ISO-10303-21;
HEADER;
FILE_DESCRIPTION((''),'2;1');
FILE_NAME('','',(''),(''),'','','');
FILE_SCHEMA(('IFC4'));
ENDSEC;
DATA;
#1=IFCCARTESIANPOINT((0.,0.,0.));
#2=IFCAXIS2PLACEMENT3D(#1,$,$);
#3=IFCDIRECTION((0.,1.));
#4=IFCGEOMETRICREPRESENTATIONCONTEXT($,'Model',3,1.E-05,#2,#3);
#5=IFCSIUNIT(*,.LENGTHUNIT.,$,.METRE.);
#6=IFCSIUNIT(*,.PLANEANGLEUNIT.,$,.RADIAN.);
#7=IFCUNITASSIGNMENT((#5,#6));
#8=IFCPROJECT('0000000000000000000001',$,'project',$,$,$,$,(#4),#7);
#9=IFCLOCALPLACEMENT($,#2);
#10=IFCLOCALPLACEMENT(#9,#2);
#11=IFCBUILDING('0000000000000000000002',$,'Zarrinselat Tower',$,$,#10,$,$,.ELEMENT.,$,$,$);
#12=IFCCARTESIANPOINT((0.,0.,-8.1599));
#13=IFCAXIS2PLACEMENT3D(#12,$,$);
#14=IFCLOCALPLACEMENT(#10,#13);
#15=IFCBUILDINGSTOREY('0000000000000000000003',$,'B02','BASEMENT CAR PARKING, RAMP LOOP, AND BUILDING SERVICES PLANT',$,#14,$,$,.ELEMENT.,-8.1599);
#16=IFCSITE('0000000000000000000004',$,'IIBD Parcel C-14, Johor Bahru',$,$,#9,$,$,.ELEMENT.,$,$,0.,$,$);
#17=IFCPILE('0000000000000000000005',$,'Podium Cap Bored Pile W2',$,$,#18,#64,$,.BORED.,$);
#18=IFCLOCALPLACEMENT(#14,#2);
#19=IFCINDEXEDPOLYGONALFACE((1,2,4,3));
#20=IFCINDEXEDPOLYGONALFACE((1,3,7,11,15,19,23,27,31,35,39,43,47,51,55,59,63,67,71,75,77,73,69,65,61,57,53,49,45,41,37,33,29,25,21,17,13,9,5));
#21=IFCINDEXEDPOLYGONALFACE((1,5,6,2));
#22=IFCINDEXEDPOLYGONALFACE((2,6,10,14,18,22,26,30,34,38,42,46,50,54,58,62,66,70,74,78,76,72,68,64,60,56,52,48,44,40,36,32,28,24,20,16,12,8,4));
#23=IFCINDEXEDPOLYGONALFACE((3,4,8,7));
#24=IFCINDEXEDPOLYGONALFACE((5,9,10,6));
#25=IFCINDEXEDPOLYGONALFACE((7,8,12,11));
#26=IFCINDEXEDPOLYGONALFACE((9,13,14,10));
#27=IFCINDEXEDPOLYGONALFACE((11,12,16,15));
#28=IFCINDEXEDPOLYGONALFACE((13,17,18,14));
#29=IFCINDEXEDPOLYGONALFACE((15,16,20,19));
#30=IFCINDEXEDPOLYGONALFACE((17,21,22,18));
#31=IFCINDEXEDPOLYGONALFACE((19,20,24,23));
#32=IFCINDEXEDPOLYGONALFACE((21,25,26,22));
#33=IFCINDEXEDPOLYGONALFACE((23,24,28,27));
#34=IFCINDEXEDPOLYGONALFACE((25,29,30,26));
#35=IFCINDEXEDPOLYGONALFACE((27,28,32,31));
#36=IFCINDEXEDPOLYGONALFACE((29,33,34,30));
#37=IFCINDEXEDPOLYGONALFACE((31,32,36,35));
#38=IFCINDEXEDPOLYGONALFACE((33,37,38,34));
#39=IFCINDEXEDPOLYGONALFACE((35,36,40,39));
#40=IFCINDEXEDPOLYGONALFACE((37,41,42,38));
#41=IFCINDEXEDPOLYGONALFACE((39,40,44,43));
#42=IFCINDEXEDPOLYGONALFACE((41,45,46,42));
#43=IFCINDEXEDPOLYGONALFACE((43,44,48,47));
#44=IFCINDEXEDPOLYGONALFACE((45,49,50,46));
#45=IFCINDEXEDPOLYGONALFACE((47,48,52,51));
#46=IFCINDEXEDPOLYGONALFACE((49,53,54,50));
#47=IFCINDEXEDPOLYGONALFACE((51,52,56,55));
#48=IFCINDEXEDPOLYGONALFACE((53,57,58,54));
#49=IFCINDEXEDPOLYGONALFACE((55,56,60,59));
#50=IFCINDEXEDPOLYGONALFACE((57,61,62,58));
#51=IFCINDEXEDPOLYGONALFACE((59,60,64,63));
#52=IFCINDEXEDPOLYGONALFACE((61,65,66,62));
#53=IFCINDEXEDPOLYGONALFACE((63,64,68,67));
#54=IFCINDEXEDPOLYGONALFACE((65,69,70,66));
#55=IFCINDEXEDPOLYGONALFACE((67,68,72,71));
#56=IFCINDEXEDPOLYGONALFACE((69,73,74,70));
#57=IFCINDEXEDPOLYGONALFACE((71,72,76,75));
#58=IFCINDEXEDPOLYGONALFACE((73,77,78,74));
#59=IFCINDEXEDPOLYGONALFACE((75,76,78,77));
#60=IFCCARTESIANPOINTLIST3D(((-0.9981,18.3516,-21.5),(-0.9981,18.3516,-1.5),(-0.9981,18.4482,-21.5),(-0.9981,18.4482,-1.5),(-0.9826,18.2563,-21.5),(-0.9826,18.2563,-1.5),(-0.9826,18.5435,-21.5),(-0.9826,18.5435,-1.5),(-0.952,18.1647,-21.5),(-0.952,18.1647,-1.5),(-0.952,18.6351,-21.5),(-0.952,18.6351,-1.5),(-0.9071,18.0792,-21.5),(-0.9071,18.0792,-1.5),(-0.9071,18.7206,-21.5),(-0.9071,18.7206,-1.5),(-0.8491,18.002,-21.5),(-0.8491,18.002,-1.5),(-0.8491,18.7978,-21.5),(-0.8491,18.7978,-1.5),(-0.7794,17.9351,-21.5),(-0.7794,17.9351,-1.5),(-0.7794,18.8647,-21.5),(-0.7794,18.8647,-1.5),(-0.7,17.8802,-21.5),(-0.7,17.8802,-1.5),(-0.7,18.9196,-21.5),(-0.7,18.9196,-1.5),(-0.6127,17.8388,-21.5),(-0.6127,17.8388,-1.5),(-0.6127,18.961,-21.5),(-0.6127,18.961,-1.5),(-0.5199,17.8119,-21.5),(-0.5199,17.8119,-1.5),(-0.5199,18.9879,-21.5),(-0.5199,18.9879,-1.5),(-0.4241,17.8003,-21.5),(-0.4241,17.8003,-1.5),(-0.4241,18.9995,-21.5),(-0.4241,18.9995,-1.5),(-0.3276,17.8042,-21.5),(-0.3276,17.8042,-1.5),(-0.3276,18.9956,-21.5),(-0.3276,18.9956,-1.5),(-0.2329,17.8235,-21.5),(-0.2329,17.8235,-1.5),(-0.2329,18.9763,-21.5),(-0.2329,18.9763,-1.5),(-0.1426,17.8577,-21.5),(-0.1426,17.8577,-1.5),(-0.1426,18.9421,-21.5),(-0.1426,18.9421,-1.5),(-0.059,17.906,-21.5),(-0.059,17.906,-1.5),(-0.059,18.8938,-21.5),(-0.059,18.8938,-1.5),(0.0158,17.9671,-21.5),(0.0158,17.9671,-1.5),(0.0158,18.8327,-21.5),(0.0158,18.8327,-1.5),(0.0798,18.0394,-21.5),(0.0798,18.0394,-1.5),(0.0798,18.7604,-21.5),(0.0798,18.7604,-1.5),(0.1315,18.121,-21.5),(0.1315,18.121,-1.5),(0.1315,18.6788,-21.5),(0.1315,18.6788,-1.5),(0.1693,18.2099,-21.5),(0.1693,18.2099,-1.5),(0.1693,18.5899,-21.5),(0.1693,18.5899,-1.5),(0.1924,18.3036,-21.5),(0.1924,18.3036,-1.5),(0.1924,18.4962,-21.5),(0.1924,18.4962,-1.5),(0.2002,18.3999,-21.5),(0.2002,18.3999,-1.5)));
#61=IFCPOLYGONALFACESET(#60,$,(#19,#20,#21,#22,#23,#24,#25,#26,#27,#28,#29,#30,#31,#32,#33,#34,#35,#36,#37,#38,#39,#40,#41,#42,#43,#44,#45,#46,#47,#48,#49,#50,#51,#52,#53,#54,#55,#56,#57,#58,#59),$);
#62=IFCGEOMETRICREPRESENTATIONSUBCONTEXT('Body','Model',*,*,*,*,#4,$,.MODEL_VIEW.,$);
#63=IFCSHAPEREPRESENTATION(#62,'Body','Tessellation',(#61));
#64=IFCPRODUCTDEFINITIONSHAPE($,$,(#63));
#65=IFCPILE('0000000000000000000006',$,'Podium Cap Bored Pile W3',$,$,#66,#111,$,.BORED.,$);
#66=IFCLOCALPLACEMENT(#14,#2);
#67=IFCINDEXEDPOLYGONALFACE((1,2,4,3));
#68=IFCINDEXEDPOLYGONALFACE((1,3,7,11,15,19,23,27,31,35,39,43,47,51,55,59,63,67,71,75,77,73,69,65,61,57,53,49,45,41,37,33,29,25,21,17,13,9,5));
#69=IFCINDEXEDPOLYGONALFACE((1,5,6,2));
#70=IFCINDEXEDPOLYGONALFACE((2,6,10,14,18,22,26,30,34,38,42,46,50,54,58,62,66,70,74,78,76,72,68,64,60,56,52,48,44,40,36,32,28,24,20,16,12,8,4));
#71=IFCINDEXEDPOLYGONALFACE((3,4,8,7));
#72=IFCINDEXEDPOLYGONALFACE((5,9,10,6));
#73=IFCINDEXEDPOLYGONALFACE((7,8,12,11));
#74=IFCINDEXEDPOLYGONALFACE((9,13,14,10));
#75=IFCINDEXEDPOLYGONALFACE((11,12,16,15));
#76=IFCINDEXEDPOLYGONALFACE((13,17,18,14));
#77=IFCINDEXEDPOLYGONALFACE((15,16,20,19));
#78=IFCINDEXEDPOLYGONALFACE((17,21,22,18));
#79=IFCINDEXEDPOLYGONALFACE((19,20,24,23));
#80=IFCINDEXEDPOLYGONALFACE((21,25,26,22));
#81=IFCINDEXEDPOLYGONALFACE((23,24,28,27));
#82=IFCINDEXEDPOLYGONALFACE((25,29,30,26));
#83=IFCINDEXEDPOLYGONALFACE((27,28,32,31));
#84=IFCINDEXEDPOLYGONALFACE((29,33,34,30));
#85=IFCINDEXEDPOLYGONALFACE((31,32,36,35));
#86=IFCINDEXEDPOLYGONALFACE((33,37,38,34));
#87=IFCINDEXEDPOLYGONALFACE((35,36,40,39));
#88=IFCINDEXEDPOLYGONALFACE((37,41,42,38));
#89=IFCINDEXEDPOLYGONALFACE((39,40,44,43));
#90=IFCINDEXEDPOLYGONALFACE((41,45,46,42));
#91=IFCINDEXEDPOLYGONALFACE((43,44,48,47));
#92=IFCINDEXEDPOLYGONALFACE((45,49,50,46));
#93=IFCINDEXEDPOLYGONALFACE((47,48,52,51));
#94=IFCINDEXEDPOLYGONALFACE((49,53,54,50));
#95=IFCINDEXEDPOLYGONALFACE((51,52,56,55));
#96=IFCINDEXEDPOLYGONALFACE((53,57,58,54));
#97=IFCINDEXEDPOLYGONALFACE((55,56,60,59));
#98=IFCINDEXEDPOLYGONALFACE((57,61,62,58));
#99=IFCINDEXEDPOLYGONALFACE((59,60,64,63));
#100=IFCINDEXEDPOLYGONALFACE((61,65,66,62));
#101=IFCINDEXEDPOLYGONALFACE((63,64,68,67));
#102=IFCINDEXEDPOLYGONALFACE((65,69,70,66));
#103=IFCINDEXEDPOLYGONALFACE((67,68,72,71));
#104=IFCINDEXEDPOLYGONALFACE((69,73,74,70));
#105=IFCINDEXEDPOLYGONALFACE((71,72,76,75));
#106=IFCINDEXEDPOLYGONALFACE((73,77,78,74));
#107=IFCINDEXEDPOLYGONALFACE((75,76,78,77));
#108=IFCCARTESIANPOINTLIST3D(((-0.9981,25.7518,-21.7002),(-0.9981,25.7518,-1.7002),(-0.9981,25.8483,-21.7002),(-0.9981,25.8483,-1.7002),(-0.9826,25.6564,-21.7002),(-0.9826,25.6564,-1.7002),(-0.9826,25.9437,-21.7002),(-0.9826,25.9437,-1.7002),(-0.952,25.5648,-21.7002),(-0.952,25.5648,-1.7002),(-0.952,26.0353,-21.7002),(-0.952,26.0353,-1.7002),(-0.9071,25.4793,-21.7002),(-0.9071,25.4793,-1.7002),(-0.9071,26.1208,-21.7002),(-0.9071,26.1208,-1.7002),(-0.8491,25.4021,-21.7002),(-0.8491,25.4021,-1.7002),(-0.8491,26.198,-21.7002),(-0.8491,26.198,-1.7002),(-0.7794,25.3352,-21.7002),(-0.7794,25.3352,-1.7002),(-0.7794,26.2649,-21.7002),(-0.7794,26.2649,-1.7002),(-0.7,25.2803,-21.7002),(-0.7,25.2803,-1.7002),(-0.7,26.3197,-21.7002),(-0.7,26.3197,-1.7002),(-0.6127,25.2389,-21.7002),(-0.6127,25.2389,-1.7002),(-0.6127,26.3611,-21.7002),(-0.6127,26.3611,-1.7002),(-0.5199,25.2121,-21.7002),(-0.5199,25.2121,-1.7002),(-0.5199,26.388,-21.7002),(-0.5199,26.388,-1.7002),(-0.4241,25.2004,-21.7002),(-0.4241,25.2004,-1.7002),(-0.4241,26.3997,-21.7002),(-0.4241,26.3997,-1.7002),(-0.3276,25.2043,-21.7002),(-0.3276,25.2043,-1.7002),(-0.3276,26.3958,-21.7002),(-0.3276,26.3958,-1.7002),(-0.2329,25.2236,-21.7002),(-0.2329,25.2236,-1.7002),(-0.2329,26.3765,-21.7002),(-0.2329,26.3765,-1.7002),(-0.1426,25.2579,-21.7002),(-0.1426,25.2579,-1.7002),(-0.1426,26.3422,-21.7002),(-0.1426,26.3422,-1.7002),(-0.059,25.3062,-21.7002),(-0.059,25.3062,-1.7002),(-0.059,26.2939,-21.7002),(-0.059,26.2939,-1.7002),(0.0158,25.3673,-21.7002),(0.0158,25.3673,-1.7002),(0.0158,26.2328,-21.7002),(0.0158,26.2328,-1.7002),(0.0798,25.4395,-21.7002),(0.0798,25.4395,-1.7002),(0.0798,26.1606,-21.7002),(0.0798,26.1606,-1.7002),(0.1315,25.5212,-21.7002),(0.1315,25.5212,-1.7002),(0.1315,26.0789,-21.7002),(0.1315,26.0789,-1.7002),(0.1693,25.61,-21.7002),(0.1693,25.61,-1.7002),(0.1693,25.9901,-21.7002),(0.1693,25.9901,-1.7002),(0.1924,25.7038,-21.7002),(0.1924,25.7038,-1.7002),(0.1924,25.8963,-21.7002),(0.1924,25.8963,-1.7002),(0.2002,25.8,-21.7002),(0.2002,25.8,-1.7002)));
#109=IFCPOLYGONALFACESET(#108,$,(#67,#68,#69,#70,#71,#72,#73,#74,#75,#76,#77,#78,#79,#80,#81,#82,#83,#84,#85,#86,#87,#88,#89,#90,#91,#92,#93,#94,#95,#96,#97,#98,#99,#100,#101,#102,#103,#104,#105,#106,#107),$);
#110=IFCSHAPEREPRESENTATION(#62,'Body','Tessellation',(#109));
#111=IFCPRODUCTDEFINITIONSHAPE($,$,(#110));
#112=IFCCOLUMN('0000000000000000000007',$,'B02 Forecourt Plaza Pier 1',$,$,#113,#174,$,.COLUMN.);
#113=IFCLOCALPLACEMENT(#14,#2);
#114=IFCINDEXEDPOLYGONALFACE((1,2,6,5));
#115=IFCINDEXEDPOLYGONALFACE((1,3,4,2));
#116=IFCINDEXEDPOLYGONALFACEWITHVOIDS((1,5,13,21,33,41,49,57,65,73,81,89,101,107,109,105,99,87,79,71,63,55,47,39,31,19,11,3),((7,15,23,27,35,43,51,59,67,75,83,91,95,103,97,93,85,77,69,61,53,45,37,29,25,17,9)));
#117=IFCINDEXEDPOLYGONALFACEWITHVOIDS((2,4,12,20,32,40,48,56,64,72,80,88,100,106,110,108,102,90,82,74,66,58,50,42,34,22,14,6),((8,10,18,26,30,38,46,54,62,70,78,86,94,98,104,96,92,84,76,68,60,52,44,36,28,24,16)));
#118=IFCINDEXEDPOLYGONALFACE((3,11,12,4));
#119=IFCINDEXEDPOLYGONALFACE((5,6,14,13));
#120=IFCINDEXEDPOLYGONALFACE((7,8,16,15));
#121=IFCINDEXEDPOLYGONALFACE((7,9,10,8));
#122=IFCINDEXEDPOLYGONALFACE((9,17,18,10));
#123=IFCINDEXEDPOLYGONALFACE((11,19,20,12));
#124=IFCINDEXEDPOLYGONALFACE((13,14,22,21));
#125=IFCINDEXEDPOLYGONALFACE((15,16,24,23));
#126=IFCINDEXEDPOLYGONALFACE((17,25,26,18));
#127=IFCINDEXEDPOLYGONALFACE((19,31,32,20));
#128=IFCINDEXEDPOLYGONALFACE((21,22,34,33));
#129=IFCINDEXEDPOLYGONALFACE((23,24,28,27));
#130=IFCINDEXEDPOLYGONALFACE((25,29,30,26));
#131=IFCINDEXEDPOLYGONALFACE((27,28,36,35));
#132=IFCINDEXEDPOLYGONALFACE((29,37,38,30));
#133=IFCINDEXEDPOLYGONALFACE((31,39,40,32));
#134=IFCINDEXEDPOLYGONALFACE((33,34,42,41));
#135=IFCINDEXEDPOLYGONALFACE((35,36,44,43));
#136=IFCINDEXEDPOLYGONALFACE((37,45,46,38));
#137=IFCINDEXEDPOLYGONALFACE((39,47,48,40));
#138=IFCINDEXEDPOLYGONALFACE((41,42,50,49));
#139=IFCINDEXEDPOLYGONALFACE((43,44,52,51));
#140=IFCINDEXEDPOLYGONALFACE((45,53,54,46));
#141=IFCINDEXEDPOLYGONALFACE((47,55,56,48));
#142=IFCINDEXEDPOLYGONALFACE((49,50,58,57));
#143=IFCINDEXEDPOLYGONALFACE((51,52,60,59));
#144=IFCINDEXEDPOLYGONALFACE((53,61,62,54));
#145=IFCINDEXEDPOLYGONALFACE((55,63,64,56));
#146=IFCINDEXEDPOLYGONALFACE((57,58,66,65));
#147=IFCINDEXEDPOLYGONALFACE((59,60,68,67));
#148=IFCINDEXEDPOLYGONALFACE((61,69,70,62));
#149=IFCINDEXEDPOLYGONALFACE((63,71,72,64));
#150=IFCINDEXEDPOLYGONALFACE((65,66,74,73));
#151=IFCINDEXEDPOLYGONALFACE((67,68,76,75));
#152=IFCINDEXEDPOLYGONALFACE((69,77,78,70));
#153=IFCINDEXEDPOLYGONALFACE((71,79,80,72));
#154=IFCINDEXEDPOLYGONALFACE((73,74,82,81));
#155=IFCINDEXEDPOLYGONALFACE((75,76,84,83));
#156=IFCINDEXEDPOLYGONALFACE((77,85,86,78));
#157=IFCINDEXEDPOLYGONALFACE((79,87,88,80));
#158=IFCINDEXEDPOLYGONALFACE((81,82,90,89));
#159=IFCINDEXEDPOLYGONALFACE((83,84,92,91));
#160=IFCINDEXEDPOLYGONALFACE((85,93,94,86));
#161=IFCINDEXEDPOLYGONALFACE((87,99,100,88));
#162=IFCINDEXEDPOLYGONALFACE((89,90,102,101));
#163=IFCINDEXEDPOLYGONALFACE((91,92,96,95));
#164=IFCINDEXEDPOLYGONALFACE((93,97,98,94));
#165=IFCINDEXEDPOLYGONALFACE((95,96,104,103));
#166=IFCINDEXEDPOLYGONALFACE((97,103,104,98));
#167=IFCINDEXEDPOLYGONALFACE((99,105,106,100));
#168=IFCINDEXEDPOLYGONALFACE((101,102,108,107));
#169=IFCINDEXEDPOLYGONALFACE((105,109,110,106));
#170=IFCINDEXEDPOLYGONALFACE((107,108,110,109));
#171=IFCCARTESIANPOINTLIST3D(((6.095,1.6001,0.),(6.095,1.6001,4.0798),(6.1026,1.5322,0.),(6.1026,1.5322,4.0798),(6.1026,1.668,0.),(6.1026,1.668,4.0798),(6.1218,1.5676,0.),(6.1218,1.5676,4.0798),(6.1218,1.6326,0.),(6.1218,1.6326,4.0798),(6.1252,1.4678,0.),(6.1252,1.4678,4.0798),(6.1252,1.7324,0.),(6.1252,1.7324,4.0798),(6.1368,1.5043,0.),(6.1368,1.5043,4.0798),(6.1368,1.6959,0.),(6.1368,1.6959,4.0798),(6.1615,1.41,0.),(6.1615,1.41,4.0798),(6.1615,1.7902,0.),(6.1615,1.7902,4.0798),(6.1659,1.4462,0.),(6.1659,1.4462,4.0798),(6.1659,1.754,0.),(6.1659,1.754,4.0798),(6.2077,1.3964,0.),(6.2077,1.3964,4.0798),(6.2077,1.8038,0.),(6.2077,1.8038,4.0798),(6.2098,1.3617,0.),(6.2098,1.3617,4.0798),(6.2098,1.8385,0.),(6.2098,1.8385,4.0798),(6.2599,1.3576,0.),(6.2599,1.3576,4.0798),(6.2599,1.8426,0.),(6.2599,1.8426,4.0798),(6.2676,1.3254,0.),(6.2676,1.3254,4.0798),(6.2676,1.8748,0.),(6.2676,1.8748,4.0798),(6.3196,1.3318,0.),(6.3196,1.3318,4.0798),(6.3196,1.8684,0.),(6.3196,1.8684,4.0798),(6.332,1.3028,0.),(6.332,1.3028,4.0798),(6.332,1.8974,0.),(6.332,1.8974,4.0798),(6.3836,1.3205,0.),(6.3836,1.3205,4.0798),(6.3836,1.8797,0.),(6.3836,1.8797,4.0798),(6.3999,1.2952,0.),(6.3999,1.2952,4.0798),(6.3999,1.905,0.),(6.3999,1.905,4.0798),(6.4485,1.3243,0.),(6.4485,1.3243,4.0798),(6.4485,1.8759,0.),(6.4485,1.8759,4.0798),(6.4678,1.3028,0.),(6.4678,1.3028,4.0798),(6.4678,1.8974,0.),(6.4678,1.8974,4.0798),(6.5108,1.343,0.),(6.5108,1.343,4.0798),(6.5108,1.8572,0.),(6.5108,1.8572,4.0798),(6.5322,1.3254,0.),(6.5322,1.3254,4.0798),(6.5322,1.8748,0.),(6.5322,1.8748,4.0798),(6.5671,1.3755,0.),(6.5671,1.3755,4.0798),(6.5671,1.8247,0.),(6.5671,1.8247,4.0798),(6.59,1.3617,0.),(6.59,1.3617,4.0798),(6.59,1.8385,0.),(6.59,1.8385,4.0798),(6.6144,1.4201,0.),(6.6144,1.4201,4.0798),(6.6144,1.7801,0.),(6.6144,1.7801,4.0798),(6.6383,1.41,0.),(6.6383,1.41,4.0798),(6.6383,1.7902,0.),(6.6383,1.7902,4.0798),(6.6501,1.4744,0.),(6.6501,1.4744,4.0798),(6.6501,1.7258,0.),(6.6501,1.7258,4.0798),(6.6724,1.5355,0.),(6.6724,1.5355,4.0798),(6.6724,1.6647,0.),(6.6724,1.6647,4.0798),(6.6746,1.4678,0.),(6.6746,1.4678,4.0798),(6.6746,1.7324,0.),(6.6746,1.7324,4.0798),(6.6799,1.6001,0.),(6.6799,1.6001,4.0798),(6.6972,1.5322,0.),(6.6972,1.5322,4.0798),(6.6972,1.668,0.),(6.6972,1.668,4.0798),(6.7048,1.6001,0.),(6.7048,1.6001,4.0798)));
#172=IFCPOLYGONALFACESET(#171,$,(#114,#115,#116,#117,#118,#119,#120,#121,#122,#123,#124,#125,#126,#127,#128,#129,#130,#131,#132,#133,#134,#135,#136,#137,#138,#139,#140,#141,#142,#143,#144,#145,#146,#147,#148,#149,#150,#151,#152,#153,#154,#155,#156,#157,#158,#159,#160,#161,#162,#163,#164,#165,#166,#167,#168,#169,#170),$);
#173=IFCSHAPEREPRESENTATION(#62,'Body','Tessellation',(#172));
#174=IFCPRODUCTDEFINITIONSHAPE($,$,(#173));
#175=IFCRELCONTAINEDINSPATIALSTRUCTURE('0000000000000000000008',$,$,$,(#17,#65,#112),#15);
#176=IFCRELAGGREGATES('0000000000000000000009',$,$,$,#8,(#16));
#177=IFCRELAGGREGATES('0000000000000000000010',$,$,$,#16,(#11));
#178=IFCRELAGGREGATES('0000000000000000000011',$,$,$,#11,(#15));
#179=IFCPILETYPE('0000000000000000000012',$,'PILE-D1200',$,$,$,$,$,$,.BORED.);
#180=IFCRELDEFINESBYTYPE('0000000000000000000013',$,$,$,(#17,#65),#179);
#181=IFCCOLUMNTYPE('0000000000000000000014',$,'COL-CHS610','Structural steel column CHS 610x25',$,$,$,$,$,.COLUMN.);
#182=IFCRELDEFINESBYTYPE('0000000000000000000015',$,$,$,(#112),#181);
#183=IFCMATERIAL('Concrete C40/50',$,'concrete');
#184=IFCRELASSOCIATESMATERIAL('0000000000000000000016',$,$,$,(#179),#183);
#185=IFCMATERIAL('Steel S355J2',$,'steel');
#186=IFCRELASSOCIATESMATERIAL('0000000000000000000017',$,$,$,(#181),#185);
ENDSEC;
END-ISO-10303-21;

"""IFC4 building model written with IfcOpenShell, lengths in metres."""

from ifc_helpers import new_model, si_unit, direction, frame, origin, origin_2d, place, context, subcontext, project, spatial, circle, hollow_circle, extrude, material, material_profile, profile_set, type_object, element, save


model = new_model("IFC4")

# Units and contexts
model_context = context("Model", 3, precision=1e-05, world=origin(), true_north=direction((0.0, 1.0)))
body_context = subcontext(model_context, "Body", "Model", "MODEL_VIEW")
ifc_project = project(units=[si_unit("LENGTHUNIT", "METRE"), si_unit("PLANEANGLEUNIT", "RADIAN")], contexts=[model_context])

# Site, building, storey
site_placement = place(None, origin())
site = spatial("IfcSite", under=ifc_project, at=site_placement, Name="IIBD Parcel C-14, Johor Bahru", CompositionType="ELEMENT", RefElevation=0.0)
building_placement = place(site_placement, origin())
building = spatial("IfcBuilding", under=site, at=building_placement, Name="Zarrinselat Tower", CompositionType="ELEMENT")
storey_placement = place(building_placement, frame((0.0, 0.0, -8.1599)))
storey = spatial("IfcBuildingStorey", under=building, at=storey_placement, Name="B02", Description="BASEMENT CAR PARKING, RAMP LOOP, AND BUILDING SERVICES PLANT", CompositionType="ELEMENT", Elevation=-8.1599)

# Piles
ifc_material_1 = material(Name="Concrete C40/50", Category="concrete")
ifc_material_profile_1 = material_profile(ifc_material_1, circle(Radius=0.6001, at=origin_2d()), Name="BORED PILE D1200")
ifc_profile_set_1 = profile_set([ifc_material_profile_1], Name="Concrete C40/50")
pile_type = type_object("IfcPileType", Name="PILE-D1200", PredefinedType="BORED", material=ifc_profile_set_1)
for number, where, z_axis, x_axis, name in (
    (1, (-0.3999, 18.3999, -1.5), (0.0, 0.0, -1.0), (1.0, 0.0, 0.0), "Podium Cap Bored Pile W2"),
    (2, (-0.3999, 25.8, -1.7002), (0.0, 0.0, -1.0), (1.0, 0.0, 0.0), "Podium Cap Bored Pile W3"),
):
    element("IfcPile", number, at=place(storey_placement, frame(where, z_axis=z_axis, x_axis=x_axis)), inside=storey, type_object=pile_type, Name=name, PredefinedType="BORED", context=body_context, shape_type="SweptSolid", body=[
        extrude(circle(Radius=0.6001, at=origin_2d()), origin(), (0.0, 0.0, 1.0), 20.0),
    ])

# Column
ifc_material_2 = material(Name="Steel S355J2", Category="steel")
ifc_material_profile_2 = material_profile(ifc_material_2, hollow_circle(Radius=0.3049, WallThickness=0.0249, at=origin_2d()), Name="CHS 610x25")
ifc_profile_set_2 = profile_set([ifc_material_profile_2], Name="Steel S355J2")
column_type_1 = type_object("IfcColumnType", Name="COL-CHS610", Description="Structural steel column CHS 610x25", PredefinedType="COLUMN", material=ifc_profile_set_2)
for number, where, z_axis, x_axis, name in (
    (3, (6.3999, 1.6001, 0.0), (0.0, 0.0, 1.0), (1.0, 0.0, 0.0), "B02 Forecourt Plaza Pier 1"),
):
    element("IfcColumn", number, at=place(storey_placement, frame(where, z_axis=z_axis, x_axis=x_axis)), inside=storey, type_object=column_type_1, Name=name, PredefinedType="COLUMN", context=body_context, shape_type="SweptSolid", body=[
        extrude(hollow_circle(Radius=0.3049, WallThickness=0.0249, at=origin_2d()), origin(), (0.0, 0.0, 1.0), 4.0798),
    ])

save(model, "model.ifc")
